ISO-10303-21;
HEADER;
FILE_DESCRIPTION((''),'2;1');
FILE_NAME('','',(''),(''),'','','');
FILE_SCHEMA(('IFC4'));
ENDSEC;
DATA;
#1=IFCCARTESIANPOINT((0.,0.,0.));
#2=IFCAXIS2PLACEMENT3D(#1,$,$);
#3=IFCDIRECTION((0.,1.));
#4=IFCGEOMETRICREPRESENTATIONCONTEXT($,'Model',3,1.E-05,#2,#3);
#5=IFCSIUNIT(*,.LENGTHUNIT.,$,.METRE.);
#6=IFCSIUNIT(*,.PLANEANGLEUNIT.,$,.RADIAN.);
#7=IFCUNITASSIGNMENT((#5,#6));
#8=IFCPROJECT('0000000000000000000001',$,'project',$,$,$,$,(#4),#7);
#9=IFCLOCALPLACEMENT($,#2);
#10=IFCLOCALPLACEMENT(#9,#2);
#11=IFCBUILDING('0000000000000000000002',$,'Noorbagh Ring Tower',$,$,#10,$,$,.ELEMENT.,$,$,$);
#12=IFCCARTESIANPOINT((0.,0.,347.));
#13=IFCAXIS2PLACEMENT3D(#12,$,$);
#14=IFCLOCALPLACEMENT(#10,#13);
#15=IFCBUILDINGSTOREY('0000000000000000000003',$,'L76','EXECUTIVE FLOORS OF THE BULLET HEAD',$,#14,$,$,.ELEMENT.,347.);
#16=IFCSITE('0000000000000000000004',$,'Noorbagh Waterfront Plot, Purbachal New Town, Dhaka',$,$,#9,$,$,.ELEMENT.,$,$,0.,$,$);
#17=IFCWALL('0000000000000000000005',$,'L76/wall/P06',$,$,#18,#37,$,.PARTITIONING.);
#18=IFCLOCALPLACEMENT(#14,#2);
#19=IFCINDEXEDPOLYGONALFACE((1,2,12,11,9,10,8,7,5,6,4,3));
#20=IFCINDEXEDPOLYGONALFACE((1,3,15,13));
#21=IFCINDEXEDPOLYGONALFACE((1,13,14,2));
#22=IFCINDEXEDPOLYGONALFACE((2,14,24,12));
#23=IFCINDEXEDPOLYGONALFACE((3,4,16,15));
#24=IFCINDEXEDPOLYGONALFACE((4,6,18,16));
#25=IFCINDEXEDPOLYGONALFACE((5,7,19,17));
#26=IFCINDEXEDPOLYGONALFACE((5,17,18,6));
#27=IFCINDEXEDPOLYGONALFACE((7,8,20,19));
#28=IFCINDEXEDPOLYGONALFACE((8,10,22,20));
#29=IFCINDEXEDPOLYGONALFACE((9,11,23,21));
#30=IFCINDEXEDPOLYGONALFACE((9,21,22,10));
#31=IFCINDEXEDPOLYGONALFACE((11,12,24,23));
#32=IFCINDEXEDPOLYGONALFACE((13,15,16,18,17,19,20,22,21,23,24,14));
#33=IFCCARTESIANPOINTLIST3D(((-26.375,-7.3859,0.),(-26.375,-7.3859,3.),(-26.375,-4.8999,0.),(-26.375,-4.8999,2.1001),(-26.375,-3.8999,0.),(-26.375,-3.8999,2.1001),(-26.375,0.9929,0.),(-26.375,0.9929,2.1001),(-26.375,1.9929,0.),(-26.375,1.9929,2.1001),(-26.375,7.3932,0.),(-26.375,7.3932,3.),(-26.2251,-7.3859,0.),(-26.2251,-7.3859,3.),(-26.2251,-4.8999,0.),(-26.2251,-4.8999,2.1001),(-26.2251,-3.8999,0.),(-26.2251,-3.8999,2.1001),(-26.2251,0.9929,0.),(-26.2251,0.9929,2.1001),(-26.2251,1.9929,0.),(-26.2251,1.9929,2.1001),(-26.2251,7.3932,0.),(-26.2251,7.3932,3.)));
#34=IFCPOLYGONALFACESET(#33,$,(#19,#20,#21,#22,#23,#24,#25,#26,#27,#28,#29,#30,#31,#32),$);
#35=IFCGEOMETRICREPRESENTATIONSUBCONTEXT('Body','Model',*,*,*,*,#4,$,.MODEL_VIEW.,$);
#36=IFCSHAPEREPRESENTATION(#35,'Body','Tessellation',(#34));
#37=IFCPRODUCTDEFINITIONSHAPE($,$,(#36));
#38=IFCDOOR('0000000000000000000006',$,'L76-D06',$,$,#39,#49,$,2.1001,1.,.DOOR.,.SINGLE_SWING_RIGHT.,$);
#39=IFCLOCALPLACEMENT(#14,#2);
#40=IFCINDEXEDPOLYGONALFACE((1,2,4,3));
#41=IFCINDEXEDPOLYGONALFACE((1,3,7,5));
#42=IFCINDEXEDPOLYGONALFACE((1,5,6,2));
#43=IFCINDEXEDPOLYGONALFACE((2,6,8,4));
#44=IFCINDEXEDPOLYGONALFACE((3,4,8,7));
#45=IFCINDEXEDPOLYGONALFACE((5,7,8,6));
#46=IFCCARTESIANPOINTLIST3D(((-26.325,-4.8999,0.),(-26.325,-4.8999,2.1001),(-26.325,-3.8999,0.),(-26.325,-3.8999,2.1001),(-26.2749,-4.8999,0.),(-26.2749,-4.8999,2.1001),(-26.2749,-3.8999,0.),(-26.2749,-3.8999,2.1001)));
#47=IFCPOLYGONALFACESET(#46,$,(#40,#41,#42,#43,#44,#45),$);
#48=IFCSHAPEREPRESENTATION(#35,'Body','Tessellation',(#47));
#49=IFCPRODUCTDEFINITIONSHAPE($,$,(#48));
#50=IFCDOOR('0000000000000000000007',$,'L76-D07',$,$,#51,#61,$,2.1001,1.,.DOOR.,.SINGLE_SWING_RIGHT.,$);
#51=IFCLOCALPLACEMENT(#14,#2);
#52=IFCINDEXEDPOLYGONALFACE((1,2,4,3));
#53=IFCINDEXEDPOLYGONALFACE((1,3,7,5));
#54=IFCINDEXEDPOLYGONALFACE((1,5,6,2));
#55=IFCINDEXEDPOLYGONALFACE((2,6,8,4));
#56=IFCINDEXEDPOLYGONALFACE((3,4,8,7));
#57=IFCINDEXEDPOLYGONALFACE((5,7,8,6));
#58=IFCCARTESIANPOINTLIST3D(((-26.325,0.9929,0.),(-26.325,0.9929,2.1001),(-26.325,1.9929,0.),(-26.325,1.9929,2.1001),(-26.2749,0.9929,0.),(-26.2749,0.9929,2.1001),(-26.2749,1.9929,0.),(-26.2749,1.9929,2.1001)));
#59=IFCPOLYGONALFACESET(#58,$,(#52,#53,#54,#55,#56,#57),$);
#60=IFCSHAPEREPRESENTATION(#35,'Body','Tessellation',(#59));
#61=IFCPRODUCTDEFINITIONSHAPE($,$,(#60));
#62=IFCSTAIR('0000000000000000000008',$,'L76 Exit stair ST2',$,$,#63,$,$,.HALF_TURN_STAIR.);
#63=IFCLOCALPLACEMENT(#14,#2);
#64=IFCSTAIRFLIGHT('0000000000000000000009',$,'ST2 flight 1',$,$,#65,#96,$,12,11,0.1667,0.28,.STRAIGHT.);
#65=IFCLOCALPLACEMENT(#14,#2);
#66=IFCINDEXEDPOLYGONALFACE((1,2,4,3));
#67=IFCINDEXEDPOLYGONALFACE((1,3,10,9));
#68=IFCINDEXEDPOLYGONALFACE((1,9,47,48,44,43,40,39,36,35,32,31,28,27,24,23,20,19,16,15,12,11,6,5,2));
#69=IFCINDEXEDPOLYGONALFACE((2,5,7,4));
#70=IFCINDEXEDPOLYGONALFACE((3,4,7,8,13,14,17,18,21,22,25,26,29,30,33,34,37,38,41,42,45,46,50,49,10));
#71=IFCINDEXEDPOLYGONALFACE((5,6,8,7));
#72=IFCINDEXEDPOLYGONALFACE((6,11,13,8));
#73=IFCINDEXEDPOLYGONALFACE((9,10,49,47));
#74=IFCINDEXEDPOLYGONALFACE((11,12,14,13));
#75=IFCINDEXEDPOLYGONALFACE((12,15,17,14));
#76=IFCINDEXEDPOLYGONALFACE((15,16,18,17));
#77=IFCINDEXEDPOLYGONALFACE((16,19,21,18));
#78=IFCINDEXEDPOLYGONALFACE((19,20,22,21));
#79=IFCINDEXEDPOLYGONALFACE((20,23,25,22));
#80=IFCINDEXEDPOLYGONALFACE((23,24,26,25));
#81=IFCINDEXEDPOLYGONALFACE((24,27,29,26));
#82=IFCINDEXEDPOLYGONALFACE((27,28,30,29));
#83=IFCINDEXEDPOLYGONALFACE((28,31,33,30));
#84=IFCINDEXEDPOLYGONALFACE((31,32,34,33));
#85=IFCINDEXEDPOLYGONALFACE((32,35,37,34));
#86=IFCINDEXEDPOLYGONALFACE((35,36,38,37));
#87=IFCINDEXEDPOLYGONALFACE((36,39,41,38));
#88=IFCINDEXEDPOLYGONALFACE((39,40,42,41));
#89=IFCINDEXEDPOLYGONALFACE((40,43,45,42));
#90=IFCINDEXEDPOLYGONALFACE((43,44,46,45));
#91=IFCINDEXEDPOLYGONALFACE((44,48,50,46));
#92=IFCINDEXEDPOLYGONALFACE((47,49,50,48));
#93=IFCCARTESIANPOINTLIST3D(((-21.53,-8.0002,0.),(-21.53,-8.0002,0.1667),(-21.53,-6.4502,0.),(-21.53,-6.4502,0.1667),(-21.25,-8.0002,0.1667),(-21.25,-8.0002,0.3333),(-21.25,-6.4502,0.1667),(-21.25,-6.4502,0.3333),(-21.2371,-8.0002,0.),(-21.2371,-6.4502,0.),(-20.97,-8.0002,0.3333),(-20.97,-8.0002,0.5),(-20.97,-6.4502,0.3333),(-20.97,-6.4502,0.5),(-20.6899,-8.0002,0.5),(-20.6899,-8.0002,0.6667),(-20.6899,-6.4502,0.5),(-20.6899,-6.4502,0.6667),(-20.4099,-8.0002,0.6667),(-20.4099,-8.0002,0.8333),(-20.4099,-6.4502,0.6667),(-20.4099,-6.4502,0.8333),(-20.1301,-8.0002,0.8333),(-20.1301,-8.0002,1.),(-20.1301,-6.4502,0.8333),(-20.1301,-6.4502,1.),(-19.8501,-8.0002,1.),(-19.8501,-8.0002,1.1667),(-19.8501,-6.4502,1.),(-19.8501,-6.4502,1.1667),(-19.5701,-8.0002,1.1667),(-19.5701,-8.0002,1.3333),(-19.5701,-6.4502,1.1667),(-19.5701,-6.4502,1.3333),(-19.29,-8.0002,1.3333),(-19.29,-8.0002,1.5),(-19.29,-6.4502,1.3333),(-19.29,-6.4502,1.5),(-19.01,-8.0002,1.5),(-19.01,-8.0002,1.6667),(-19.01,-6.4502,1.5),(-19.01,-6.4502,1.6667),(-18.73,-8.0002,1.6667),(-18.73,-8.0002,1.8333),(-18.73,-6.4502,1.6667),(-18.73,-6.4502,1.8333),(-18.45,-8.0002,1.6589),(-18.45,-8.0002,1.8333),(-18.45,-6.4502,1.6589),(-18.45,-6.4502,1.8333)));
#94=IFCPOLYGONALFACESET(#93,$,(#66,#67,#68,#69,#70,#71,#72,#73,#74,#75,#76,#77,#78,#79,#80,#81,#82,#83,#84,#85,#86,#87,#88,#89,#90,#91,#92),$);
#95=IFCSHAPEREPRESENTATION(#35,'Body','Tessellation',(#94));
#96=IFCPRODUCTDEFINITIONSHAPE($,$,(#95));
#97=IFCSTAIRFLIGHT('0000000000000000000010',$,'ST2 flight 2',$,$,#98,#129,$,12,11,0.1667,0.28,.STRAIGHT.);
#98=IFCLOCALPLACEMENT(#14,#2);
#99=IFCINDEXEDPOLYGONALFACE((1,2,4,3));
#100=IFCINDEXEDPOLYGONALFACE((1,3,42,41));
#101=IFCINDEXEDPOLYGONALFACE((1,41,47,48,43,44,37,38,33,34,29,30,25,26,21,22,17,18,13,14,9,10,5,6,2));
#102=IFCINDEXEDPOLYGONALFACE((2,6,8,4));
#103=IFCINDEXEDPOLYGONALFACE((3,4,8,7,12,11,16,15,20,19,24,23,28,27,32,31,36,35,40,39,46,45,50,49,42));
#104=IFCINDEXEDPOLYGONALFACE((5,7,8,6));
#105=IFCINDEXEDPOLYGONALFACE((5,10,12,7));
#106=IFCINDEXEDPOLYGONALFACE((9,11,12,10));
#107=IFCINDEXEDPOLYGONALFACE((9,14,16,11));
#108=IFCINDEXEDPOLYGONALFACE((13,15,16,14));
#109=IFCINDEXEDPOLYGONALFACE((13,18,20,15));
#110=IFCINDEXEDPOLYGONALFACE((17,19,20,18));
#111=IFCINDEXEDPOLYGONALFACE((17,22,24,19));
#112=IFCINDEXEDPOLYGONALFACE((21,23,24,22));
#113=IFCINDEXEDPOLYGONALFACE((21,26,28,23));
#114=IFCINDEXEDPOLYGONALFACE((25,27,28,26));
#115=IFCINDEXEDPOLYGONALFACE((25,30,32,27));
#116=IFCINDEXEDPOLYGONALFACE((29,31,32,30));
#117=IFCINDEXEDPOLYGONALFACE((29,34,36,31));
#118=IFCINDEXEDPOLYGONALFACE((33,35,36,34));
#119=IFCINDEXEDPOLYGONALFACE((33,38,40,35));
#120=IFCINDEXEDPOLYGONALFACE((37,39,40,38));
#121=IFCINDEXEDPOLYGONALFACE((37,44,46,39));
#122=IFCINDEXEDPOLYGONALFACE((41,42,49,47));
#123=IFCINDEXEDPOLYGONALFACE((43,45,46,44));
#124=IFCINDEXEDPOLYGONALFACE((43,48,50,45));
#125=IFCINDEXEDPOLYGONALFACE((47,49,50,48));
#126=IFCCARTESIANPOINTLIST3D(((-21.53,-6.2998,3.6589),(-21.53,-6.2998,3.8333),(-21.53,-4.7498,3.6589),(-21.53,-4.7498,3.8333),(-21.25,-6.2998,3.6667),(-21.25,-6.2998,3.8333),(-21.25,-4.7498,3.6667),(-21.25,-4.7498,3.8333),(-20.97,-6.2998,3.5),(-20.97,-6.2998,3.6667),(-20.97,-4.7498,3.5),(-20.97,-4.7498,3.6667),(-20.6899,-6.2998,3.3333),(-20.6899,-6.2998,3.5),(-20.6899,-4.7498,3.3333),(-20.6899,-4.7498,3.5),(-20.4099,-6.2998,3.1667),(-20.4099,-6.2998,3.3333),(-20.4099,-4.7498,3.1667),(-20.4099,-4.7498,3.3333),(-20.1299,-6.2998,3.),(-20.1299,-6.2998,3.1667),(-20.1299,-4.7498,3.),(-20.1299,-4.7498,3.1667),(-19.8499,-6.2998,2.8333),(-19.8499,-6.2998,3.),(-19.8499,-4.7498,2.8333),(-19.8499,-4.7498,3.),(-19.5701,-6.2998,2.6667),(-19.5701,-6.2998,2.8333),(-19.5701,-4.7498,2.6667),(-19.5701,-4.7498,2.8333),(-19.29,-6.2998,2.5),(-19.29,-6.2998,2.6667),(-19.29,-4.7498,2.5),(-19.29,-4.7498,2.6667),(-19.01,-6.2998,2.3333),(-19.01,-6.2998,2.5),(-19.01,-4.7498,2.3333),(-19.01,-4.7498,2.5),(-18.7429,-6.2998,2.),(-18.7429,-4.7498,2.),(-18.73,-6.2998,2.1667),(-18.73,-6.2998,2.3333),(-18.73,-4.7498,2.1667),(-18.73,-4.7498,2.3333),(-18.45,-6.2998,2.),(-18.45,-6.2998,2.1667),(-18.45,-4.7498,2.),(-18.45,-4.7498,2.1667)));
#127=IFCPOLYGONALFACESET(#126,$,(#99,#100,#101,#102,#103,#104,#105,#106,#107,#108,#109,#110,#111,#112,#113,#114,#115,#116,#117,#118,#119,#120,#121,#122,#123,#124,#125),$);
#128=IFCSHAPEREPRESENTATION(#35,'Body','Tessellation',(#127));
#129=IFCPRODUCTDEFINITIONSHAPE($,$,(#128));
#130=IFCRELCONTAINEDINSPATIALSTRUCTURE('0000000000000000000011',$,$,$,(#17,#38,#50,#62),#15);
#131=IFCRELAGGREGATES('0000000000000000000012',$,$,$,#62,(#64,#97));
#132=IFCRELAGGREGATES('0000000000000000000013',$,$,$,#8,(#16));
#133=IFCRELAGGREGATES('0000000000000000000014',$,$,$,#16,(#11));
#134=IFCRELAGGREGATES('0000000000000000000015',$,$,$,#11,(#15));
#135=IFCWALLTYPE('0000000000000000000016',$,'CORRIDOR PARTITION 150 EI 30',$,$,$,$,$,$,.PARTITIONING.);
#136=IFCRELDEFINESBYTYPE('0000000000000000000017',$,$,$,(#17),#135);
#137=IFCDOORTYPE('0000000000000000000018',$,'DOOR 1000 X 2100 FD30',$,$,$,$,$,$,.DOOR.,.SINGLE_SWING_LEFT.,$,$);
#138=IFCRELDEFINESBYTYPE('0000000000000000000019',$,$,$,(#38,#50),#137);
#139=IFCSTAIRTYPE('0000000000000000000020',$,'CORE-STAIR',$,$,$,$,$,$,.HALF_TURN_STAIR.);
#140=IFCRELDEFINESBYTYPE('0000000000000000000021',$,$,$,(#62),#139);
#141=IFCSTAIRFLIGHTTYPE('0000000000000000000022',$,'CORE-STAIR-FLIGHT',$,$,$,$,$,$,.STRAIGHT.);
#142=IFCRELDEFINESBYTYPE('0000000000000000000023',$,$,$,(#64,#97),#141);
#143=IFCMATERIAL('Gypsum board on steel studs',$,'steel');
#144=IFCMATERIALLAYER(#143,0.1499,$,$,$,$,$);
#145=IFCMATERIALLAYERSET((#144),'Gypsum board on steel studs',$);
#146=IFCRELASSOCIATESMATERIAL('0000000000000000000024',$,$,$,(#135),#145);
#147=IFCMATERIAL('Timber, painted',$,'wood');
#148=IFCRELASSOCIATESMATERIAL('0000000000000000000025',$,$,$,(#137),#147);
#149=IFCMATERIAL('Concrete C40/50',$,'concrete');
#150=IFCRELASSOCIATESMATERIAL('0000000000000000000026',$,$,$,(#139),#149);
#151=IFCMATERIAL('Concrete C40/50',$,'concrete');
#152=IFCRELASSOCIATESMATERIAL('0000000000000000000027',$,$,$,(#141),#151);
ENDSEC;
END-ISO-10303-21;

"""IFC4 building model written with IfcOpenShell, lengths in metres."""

from ifc_helpers import new_model, si_unit, direction, frame, frame_2d, origin, place, context, subcontext, project, spatial, polyline, rectangle, outline, extrude, material, layer, layer_set, type_object, element, fill, aggregate, save


model = new_model("IFC4")

# Units and contexts
model_context = context("Model", 3, precision=1e-05, world=origin(), true_north=direction((0.0, 1.0)))
body_context = subcontext(model_context, "Body", "Model", "MODEL_VIEW")
ifc_project = project(units=[si_unit("LENGTHUNIT", "METRE"), si_unit("PLANEANGLEUNIT", "RADIAN")], contexts=[model_context])

# Site, building, storey
site_placement = place(None, origin())
site = spatial("IfcSite", under=ifc_project, at=site_placement, Name="Noorbagh Waterfront Plot, Purbachal New Town, Dhaka", CompositionType="ELEMENT", RefElevation=0.0)
building_placement = place(site_placement, origin())
building = spatial("IfcBuilding", under=site, at=building_placement, Name="Noorbagh Ring Tower", CompositionType="ELEMENT")
storey_placement = place(building_placement, frame((0.0, 0.0, 347.0)))
storey = spatial("IfcBuildingStorey", under=building, at=storey_placement, Name="L76", Description="EXECUTIVE FLOORS OF THE BULLET HEAD", CompositionType="ELEMENT", Elevation=347.0)

# Shared definitions
ifc_material_1 = material(Name="Gypsum board on steel studs", Category="steel")
ifc_layer_1 = layer(ifc_material_1, 0.1499)
ifc_layer_set_1 = layer_set([ifc_layer_1], Name="Gypsum board on steel studs")
wall_type_1 = type_object("IfcWallType", Name="CORRIDOR PARTITION 150 EI 30", PredefinedType="PARTITIONING", material=ifc_layer_set_1)

# Wall, openings, doors
wall_1_placement = place(storey_placement, frame((-26.3, -7.386, 0.0), z_axis=(0.0, 0.0, 1.0), x_axis=(0.0, 1.0, 0.0)))
wall_1 = element("IfcWall", 1, at=wall_1_placement, inside=storey, type_object=wall_type_1, Name="L76/wall/P06", PredefinedType="PARTITIONING", context=body_context, shape_type="SweptSolid", body=[
    extrude(rectangle(XDim=14.7791, YDim=0.1499, at=frame_2d((7.3896, 0.0))), origin(), (0.0, 0.0, 1.0), 3.0),
])
opening_1_placement = place(wall_1_placement, frame((2.4861, 0.0, 0.0)))
opening_1 = element("IfcOpeningElement", 2, at=opening_1_placement, cuts=wall_1, PredefinedType="OPENING", context=body_context, shape_type="SweptSolid", body=[
    extrude(rectangle(XDim=1.0, YDim=2.1001, at=frame_2d((0.5, 1.05))), frame((0.0, 0.085, 0.0), z_axis=(0.0, -1.0, 0.0), x_axis=(1.0, 0.0, 0.0)), (0.0, 0.0, 1.0), 0.1699),
])
opening_2_placement = place(wall_1_placement, frame((8.3789, 0.0, 0.0)))
opening_2 = element("IfcOpeningElement", 3, at=opening_2_placement, cuts=wall_1, PredefinedType="OPENING", context=body_context, shape_type="SweptSolid", body=[
    extrude(rectangle(XDim=1.0, YDim=2.1001, at=frame_2d((0.5, 1.05))), frame((0.0, 0.085, 0.0), z_axis=(0.0, -1.0, 0.0), x_axis=(1.0, 0.0, 0.0)), (0.0, 0.0, 1.0), 0.1699),
])
ifc_material_2 = material(Name="Timber, painted", Category="wood")
door_type_1 = type_object("IfcDoorType", Name="DOOR 1000 X 2100 FD30", OperationType="SINGLE_SWING_LEFT", PredefinedType="DOOR", material=ifc_material_2)
door_1_placement = place(opening_1_placement, origin())
door_1 = element("IfcDoor", 4, at=door_1_placement, inside=storey, type_object=door_type_1, Name="L76-D06", OperationType="SINGLE_SWING_RIGHT", OverallHeight=2.1001, OverallWidth=1.0, PredefinedType="DOOR", context=body_context, shape_type="SweptSolid", body=[
    extrude(rectangle(XDim=1.0, YDim=2.1001, at=frame_2d((0.5, 1.05))), frame((0.0, 0.0249, 0.0), z_axis=(0.0, -1.0, 0.0), x_axis=(1.0, 0.0, 0.0)), (0.0, 0.0, 1.0), 0.05),
])
fill(opening_1, door_1)
door_2_placement = place(opening_2_placement, origin())
door_2 = element("IfcDoor", 5, at=door_2_placement, inside=storey, type_object=door_type_1, Name="L76-D07", OperationType="SINGLE_SWING_RIGHT", OverallHeight=2.1001, OverallWidth=1.0, PredefinedType="DOOR", context=body_context, shape_type="SweptSolid", body=[
    extrude(rectangle(XDim=1.0, YDim=2.1001, at=frame_2d((0.5, 1.05))), frame((0.0, 0.0249, 0.0), z_axis=(0.0, -1.0, 0.0), x_axis=(1.0, 0.0, 0.0)), (0.0, 0.0, 1.0), 0.05),
])
fill(opening_2, door_2)

# Stair, stair flights
ifc_material_3 = material(Name="Concrete C40/50", Category="concrete")
stair_type = type_object("IfcStairType", Name="CORE-STAIR", PredefinedType="HALF_TURN_STAIR", material=ifc_material_3)
stair_placement = place(storey_placement, origin())
stair = element("IfcStair", 6, at=stair_placement, inside=storey, type_object=stair_type, Name="L76 Exit stair ST2", PredefinedType="HALF_TURN_STAIR")
ifc_material_4 = material(Name="Concrete C40/50", Category="concrete")
stair_flight_type = type_object("IfcStairFlightType", Name="CORE-STAIR-FLIGHT", PredefinedType="STRAIGHT", material=ifc_material_4)
stair_flight_1_placement = place(storey_placement, frame((-21.53, -7.2251, 0.0), z_axis=(0.0, 0.0, 1.0), x_axis=(1.0, 0.0, 0.0)))
stair_flight_1 = element("IfcStairFlight", 7, at=stair_flight_1_placement, type_object=stair_flight_type, Name="ST2 flight 1", NumberOfRisers=12, NumberOfTreads=11, PredefinedType="STRAIGHT", RiserHeight=0.1667, TreadLength=0.28, context=body_context, shape_type="SweptSolid", body=[
    extrude(outline(polyline([(0.0, 0.0), (0.0, 0.1667), (0.28, 0.1667), (0.28, 0.3333), (0.5601, 0.3333), (0.5601, 0.5), (0.8401, 0.5), (0.8401, 0.6667), (1.1201, 0.6667), (1.1201, 0.8333), (1.3999, 0.8333), (1.3999, 1.0), (1.6799, 1.0), (1.6799, 1.1667), (1.96, 1.1667), (1.96, 1.3333), (2.24, 1.3333), (2.24, 1.5), (2.52, 1.5), (2.52, 1.6667), (2.8, 1.6667), (2.8, 1.8333), (3.0801, 1.8333), (3.0801, 2.0), (3.0801, 1.6589), (0.293, 0.0), (0.0, 0.0)])), frame((0.0, 0.7749, 0.0), z_axis=(0.0, -1.0, 0.0), x_axis=(1.0, 0.0, 0.0)), (0.0, 0.0, 1.0), 1.55),
])
stair_flight_2_placement = place(storey_placement, frame((-18.45, -5.5249, 2.0), z_axis=(0.0, 0.0, 1.0), x_axis=(-1.0, 0.0, 0.0)))
stair_flight_2 = element("IfcStairFlight", 8, at=stair_flight_2_placement, type_object=stair_flight_type, Name="ST2 flight 2", NumberOfRisers=12, NumberOfTreads=11, PredefinedType="STRAIGHT", RiserHeight=0.1667, TreadLength=0.28, context=body_context, shape_type="SweptSolid", body=[
    extrude(outline(polyline([(0.0, 0.0), (0.0, 0.1667), (0.28, 0.1667), (0.28, 0.3333), (0.5601, 0.3333), (0.5601, 0.5), (0.8401, 0.5), (0.8401, 0.6667), (1.1201, 0.6667), (1.1201, 0.8333), (1.3999, 0.8333), (1.3999, 1.0), (1.6799, 1.0), (1.6799, 1.1667), (1.96, 1.1667), (1.96, 1.3333), (2.24, 1.3333), (2.24, 1.5), (2.52, 1.5), (2.52, 1.6667), (2.8, 1.6667), (2.8, 1.8333), (3.0801, 1.8333), (3.0801, 2.0), (3.0801, 1.6589), (0.293, 0.0), (0.0, 0.0)])), frame((0.0, 0.7749, 0.0), z_axis=(0.0, -1.0, 0.0), x_axis=(1.0, 0.0, 0.0)), (0.0, 0.0, 1.0), 1.55),
])
aggregate(stair, [stair_flight_1, stair_flight_2])

save(model, "model.ifc")
